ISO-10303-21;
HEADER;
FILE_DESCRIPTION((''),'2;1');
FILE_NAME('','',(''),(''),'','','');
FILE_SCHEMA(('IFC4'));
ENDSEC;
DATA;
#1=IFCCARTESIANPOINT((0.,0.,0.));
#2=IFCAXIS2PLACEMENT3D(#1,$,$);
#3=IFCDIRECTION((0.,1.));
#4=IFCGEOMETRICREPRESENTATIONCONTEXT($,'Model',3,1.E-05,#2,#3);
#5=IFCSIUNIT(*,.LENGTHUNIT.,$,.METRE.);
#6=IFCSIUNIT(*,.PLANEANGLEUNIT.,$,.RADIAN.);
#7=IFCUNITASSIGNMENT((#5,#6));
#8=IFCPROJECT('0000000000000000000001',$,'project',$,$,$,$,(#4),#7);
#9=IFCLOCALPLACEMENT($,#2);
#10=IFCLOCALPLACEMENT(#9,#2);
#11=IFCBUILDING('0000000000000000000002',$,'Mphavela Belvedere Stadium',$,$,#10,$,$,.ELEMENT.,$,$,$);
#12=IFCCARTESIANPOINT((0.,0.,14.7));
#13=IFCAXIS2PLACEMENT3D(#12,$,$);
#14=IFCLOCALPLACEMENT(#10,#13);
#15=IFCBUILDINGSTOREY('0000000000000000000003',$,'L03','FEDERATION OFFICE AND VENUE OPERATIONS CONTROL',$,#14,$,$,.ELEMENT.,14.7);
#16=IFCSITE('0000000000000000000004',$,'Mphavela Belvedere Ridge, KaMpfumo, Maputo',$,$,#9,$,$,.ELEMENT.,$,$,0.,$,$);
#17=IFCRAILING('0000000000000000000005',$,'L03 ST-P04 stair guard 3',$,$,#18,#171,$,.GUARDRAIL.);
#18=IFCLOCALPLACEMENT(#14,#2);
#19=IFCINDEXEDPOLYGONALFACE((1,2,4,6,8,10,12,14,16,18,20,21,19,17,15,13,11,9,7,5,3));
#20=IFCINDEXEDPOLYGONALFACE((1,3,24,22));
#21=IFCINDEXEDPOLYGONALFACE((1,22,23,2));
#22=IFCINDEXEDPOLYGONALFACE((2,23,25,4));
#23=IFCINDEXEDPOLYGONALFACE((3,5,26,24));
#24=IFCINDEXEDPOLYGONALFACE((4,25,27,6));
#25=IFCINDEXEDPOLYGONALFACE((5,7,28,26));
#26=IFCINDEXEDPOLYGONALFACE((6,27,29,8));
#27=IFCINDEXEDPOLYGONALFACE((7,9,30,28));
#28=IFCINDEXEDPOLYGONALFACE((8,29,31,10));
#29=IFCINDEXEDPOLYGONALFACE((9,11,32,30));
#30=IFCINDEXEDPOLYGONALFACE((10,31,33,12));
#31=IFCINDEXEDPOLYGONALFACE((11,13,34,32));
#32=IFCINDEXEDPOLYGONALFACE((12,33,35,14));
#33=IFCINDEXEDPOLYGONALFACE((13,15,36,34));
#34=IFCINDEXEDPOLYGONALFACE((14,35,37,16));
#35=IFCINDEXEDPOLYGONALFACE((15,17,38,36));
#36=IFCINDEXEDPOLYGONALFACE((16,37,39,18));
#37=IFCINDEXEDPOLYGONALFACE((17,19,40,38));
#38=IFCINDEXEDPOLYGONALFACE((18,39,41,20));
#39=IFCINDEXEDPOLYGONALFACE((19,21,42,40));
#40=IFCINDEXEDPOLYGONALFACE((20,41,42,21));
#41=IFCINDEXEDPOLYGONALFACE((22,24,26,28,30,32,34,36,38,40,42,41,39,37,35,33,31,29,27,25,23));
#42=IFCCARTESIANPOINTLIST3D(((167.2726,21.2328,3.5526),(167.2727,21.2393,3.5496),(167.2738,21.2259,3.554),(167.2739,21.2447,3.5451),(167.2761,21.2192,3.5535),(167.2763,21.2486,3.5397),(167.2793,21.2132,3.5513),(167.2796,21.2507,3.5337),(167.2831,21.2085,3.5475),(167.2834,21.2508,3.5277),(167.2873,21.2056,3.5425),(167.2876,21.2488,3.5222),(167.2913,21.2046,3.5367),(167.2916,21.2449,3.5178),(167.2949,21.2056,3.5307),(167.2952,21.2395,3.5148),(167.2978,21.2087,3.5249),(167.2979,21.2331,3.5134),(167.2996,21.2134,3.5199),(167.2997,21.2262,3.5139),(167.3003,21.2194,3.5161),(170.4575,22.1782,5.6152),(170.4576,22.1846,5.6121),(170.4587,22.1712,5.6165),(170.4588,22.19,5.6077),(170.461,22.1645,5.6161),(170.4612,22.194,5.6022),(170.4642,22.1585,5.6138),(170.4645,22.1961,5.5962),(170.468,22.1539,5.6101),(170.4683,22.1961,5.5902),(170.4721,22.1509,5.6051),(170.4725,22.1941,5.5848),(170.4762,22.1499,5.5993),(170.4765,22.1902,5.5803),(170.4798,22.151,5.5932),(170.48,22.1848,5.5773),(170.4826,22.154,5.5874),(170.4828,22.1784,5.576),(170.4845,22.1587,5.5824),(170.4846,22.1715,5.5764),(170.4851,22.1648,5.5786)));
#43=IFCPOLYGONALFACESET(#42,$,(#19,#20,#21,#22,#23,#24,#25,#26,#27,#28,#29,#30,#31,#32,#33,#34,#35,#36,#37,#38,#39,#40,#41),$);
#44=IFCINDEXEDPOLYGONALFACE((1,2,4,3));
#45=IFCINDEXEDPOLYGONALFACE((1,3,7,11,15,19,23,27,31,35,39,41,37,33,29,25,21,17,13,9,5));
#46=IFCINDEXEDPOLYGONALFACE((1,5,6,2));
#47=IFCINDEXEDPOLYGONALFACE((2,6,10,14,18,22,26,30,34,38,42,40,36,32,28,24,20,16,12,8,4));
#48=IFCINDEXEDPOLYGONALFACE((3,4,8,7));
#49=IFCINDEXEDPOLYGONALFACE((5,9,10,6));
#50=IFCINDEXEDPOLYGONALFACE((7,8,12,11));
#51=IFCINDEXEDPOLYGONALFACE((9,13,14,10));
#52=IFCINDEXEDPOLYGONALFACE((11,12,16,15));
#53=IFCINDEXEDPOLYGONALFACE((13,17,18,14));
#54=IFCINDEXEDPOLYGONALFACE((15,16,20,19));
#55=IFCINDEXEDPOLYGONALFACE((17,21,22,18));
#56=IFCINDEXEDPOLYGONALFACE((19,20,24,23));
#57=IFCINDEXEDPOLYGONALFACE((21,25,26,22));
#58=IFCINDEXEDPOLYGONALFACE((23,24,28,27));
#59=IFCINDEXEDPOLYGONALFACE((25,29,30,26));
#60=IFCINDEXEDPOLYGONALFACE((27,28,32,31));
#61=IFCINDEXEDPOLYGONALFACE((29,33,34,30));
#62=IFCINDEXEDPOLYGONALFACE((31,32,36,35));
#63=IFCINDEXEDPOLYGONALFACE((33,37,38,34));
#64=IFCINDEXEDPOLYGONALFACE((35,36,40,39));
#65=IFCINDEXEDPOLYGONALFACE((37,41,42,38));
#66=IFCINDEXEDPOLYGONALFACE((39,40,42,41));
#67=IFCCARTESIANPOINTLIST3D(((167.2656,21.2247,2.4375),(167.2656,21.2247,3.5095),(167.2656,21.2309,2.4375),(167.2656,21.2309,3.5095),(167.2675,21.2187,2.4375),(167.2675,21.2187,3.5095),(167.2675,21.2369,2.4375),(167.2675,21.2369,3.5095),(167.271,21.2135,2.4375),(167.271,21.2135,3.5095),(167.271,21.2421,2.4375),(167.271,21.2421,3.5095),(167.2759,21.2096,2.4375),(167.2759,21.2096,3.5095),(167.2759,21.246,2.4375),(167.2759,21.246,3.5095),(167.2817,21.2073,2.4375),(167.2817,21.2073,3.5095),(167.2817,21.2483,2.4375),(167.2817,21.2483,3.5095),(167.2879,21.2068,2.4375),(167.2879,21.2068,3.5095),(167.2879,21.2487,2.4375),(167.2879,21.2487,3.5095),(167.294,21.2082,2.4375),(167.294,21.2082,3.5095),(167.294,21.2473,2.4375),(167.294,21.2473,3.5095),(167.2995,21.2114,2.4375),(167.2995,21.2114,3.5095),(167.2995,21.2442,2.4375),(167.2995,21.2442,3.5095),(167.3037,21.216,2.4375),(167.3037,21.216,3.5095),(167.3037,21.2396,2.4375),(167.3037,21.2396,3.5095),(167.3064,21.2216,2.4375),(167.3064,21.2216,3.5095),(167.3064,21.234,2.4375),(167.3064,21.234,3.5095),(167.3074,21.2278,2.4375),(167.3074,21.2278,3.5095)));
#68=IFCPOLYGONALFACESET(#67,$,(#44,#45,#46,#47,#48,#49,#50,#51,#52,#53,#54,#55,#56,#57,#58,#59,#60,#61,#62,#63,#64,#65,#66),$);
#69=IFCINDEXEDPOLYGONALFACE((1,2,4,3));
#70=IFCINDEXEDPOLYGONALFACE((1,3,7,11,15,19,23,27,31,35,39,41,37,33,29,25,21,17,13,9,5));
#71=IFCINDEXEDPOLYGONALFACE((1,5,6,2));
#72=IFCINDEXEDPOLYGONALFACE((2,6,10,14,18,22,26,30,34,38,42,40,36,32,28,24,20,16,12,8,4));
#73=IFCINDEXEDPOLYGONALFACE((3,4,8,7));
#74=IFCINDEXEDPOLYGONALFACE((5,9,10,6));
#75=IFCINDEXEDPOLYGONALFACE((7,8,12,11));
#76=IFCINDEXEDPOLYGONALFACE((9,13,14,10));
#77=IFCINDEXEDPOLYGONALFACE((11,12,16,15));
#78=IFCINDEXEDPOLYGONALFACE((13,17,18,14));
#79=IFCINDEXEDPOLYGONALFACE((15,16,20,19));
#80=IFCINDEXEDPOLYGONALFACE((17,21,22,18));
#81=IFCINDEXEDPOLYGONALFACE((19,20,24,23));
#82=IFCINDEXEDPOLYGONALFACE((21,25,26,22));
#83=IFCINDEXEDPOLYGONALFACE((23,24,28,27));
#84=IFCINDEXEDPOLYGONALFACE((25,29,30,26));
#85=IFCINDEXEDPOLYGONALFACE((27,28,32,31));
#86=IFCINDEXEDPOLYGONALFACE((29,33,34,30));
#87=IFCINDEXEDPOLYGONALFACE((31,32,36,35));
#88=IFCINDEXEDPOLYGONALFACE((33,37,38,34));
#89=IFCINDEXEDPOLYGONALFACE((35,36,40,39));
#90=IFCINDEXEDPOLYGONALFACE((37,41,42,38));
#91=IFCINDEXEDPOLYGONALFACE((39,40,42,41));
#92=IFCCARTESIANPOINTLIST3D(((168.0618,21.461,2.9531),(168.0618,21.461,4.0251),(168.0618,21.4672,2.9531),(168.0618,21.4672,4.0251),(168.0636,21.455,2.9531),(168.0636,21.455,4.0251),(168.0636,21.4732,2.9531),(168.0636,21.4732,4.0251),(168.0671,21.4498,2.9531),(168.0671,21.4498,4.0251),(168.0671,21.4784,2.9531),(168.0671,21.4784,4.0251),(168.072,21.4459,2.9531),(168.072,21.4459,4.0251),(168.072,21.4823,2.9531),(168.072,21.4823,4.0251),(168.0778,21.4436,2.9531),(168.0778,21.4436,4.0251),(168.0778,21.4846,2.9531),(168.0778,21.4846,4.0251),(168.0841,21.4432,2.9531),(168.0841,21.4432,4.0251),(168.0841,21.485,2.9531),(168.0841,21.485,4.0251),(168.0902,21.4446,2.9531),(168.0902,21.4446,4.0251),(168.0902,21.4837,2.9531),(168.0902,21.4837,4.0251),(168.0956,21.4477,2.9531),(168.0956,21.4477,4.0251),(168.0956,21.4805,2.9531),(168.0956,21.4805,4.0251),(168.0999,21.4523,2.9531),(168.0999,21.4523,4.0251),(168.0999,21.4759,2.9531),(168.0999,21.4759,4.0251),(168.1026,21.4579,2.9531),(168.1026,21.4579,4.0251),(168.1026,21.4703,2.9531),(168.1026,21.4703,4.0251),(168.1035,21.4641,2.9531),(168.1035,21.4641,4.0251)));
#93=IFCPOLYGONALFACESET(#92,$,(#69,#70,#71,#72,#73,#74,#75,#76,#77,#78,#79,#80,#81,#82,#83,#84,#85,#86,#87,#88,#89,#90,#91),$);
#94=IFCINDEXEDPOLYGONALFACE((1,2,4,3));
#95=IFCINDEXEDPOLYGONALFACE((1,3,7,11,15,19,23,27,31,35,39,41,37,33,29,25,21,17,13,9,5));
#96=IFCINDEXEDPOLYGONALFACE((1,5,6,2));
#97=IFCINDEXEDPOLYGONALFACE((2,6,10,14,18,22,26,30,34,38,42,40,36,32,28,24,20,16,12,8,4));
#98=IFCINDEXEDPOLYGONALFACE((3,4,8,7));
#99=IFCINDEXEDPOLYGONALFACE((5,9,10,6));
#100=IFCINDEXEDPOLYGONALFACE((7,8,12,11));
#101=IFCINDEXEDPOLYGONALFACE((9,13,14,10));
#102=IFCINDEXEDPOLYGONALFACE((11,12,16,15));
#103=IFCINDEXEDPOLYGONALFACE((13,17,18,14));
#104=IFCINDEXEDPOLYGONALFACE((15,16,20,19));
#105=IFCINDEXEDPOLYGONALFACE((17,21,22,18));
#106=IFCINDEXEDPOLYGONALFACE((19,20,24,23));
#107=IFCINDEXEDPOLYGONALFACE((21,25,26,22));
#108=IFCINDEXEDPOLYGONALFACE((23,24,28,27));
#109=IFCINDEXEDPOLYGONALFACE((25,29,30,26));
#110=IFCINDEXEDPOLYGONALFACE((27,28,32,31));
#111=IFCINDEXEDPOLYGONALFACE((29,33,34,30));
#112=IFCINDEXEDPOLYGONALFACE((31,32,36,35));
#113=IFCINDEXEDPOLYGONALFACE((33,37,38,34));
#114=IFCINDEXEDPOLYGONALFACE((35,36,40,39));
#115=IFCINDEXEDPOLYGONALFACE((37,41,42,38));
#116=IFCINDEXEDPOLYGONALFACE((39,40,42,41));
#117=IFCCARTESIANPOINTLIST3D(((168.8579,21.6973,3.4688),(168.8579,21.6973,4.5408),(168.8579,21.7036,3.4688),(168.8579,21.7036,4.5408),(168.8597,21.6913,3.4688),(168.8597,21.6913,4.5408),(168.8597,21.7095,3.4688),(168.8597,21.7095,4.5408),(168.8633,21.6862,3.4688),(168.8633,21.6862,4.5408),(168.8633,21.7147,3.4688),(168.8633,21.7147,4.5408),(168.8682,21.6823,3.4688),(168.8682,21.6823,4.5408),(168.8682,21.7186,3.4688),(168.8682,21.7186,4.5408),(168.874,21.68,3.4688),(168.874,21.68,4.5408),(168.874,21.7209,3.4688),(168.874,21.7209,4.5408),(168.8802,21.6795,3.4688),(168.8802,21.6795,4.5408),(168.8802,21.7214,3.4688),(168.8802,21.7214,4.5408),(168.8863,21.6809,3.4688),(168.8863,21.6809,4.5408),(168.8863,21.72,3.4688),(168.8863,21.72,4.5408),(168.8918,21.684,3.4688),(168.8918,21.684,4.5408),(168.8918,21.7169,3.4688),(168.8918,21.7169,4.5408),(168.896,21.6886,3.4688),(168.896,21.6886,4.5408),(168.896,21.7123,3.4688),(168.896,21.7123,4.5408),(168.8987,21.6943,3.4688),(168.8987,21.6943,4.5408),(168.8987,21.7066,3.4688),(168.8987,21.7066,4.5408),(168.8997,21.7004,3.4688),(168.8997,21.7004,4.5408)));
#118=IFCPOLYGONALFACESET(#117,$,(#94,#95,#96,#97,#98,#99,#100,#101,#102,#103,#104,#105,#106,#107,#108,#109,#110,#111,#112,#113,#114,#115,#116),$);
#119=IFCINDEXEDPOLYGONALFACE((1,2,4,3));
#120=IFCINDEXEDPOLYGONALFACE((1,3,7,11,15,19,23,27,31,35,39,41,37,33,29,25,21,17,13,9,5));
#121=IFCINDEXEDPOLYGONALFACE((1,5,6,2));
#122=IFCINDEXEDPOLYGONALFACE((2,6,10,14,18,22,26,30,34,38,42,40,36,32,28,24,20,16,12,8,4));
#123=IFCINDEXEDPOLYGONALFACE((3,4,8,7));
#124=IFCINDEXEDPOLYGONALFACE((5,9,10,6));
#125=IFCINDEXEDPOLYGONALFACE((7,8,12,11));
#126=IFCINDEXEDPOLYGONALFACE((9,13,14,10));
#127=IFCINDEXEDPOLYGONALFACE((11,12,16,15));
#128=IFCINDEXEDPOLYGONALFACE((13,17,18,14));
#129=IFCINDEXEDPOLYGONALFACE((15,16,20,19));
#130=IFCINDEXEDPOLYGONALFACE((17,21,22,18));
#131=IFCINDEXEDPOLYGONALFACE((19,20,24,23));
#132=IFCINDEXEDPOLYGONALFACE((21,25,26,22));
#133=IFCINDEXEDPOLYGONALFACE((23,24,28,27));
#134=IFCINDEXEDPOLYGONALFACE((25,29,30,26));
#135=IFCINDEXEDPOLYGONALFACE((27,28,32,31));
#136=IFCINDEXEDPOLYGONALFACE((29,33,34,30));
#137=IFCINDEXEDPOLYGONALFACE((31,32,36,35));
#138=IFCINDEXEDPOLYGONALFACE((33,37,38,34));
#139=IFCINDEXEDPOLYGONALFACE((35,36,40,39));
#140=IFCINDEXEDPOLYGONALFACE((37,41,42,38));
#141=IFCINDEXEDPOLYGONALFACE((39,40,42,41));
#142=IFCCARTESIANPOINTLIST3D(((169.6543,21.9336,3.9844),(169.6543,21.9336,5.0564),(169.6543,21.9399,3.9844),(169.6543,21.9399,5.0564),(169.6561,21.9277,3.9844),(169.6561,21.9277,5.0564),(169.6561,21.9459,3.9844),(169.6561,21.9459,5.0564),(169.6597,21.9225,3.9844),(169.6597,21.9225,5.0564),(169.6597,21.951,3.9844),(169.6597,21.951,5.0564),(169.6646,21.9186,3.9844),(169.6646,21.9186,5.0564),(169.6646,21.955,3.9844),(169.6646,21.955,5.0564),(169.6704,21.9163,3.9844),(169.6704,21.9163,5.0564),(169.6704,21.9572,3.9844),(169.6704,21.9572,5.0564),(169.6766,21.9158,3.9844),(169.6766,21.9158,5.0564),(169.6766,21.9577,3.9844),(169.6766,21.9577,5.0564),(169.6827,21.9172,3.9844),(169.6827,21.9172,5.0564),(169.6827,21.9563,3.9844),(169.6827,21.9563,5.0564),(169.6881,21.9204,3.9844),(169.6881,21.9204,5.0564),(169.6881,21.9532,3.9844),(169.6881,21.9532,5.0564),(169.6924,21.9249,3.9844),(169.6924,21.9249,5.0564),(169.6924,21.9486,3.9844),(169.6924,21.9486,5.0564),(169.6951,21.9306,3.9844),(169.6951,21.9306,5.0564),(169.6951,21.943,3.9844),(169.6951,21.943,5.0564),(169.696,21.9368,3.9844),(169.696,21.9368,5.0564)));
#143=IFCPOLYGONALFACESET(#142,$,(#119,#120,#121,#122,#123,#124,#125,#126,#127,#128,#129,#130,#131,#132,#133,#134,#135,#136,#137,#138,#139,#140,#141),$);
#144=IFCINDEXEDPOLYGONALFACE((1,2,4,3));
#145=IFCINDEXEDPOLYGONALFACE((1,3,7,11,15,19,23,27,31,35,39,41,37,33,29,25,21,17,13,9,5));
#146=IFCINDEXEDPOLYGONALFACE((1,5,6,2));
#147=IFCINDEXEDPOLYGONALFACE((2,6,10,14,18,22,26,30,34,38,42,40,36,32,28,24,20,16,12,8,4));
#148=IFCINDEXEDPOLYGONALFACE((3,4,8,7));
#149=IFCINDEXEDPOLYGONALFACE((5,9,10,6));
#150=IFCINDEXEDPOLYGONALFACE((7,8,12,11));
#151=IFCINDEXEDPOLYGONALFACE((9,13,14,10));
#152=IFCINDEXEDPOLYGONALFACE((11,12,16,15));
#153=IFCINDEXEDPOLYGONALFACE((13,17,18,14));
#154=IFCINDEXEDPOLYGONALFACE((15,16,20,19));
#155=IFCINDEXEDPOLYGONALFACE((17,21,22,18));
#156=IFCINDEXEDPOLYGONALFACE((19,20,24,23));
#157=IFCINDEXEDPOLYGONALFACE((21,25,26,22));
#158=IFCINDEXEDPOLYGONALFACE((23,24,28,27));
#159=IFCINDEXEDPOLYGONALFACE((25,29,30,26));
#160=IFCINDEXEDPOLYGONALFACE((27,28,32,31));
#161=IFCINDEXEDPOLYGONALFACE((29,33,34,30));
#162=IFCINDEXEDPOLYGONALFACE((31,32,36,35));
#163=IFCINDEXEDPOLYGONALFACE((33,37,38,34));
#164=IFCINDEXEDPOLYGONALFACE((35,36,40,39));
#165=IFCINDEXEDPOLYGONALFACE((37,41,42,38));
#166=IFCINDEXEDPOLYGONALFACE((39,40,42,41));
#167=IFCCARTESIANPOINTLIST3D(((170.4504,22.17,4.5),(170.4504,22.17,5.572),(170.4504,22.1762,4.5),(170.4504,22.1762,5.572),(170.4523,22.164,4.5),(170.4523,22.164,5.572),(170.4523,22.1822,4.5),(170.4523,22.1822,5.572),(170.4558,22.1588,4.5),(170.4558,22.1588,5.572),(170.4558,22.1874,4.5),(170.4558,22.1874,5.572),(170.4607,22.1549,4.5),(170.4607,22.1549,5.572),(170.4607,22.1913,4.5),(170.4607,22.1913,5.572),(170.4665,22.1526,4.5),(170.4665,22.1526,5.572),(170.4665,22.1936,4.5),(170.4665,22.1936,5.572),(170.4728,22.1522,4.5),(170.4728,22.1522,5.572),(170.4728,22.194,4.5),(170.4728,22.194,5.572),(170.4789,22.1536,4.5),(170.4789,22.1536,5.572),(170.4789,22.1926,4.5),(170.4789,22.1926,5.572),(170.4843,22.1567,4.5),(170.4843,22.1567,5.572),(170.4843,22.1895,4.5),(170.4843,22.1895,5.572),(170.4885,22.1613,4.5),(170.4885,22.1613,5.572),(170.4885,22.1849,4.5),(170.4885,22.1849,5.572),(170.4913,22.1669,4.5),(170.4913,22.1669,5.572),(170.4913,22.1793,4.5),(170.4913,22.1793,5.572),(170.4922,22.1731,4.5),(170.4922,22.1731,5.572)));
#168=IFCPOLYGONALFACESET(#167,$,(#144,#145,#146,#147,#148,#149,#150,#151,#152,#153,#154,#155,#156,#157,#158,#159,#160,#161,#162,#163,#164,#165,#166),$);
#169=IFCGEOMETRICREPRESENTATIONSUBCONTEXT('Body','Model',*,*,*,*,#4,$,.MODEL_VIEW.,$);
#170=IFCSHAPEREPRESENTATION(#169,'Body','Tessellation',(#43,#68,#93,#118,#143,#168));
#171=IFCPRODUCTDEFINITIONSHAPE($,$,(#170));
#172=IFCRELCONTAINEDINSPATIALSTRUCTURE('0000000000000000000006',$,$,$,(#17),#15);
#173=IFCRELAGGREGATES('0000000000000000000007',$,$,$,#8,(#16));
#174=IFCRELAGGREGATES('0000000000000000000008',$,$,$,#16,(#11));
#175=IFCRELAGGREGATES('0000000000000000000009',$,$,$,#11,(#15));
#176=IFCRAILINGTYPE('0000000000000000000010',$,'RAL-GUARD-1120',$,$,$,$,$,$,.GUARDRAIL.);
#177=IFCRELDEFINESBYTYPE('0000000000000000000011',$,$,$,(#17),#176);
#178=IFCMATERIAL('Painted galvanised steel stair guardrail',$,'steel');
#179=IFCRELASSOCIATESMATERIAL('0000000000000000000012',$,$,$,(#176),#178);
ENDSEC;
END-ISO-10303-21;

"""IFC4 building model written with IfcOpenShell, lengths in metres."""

from ifc_helpers import new_model, si_unit, direction, frame, origin, origin_2d, place, context, subcontext, project, spatial, circle, extrude, material, type_object, element, save


model = new_model("IFC4")

# Units and contexts
model_context = context("Model", 3, precision=1e-05, world=origin(), true_north=direction((0.0, 1.0)))
body_context = subcontext(model_context, "Body", "Model", "MODEL_VIEW")
ifc_project = project(units=[si_unit("LENGTHUNIT", "METRE"), si_unit("PLANEANGLEUNIT", "RADIAN")], contexts=[model_context])

# Site, building, storey
site_placement = place(None, origin())
site = spatial("IfcSite", under=ifc_project, at=site_placement, Name="Mphavela Belvedere Ridge, KaMpfumo, Maputo", CompositionType="ELEMENT", RefElevation=0.0)
building_placement = place(site_placement, origin())
building = spatial("IfcBuilding", under=site, at=building_placement, Name="Mphavela Belvedere Stadium", CompositionType="ELEMENT")
storey_placement = place(building_placement, frame((0.0, 0.0, 14.7)))
storey = spatial("IfcBuildingStorey", under=building, at=storey_placement, Name="L03", Description="FEDERATION OFFICE AND VENUE OPERATIONS CONTROL", CompositionType="ELEMENT", Elevation=14.7)

# Railing
ifc_material_1 = material(Name="Painted galvanised steel stair guardrail", Category="steel")
railing_type_1 = type_object("IfcRailingType", Name="RAL-GUARD-1120", PredefinedType="GUARDRAIL", material=ifc_material_1)
railing_1_placement = place(storey_placement, frame((167.2864, 21.2278, 2.4375)))
element("IfcRailing", 1, at=railing_1_placement, inside=storey, type_object=railing_type_1, Name="L03 ST-P04 stair guard 3", PredefinedType="GUARDRAIL", context=body_context, shape_type="SweptSolid", body=[
    extrude(circle(Radius=0.0239, at=origin_2d()), frame((0.0, 0.0, 1.0962), z_axis=(0.814465, 0.241748, 0.527451), x_axis=(-0.284549, 0.958662, 0.0)), (0.0, 0.0, 1.0), 3.9104),
    extrude(circle(Radius=0.021, at=origin_2d()), origin(), (0.0, 0.0, 1.0), 1.072),
    extrude(circle(Radius=0.021, at=origin_2d()), frame((0.7961, 0.2363, 0.5156)), (0.0, 0.0, 1.0), 1.072),
    extrude(circle(Radius=0.021, at=origin_2d()), frame((1.5923, 0.4727, 1.0312)), (0.0, 0.0, 1.0), 1.072),
    extrude(circle(Radius=0.021, at=origin_2d()), frame((2.3887, 0.709, 1.5469)), (0.0, 0.0, 1.0), 1.072),
    extrude(circle(Radius=0.021, at=origin_2d()), frame((3.1848, 0.9453, 2.0625)), (0.0, 0.0, 1.0), 1.072),
])

save(model, "model.ifc")
